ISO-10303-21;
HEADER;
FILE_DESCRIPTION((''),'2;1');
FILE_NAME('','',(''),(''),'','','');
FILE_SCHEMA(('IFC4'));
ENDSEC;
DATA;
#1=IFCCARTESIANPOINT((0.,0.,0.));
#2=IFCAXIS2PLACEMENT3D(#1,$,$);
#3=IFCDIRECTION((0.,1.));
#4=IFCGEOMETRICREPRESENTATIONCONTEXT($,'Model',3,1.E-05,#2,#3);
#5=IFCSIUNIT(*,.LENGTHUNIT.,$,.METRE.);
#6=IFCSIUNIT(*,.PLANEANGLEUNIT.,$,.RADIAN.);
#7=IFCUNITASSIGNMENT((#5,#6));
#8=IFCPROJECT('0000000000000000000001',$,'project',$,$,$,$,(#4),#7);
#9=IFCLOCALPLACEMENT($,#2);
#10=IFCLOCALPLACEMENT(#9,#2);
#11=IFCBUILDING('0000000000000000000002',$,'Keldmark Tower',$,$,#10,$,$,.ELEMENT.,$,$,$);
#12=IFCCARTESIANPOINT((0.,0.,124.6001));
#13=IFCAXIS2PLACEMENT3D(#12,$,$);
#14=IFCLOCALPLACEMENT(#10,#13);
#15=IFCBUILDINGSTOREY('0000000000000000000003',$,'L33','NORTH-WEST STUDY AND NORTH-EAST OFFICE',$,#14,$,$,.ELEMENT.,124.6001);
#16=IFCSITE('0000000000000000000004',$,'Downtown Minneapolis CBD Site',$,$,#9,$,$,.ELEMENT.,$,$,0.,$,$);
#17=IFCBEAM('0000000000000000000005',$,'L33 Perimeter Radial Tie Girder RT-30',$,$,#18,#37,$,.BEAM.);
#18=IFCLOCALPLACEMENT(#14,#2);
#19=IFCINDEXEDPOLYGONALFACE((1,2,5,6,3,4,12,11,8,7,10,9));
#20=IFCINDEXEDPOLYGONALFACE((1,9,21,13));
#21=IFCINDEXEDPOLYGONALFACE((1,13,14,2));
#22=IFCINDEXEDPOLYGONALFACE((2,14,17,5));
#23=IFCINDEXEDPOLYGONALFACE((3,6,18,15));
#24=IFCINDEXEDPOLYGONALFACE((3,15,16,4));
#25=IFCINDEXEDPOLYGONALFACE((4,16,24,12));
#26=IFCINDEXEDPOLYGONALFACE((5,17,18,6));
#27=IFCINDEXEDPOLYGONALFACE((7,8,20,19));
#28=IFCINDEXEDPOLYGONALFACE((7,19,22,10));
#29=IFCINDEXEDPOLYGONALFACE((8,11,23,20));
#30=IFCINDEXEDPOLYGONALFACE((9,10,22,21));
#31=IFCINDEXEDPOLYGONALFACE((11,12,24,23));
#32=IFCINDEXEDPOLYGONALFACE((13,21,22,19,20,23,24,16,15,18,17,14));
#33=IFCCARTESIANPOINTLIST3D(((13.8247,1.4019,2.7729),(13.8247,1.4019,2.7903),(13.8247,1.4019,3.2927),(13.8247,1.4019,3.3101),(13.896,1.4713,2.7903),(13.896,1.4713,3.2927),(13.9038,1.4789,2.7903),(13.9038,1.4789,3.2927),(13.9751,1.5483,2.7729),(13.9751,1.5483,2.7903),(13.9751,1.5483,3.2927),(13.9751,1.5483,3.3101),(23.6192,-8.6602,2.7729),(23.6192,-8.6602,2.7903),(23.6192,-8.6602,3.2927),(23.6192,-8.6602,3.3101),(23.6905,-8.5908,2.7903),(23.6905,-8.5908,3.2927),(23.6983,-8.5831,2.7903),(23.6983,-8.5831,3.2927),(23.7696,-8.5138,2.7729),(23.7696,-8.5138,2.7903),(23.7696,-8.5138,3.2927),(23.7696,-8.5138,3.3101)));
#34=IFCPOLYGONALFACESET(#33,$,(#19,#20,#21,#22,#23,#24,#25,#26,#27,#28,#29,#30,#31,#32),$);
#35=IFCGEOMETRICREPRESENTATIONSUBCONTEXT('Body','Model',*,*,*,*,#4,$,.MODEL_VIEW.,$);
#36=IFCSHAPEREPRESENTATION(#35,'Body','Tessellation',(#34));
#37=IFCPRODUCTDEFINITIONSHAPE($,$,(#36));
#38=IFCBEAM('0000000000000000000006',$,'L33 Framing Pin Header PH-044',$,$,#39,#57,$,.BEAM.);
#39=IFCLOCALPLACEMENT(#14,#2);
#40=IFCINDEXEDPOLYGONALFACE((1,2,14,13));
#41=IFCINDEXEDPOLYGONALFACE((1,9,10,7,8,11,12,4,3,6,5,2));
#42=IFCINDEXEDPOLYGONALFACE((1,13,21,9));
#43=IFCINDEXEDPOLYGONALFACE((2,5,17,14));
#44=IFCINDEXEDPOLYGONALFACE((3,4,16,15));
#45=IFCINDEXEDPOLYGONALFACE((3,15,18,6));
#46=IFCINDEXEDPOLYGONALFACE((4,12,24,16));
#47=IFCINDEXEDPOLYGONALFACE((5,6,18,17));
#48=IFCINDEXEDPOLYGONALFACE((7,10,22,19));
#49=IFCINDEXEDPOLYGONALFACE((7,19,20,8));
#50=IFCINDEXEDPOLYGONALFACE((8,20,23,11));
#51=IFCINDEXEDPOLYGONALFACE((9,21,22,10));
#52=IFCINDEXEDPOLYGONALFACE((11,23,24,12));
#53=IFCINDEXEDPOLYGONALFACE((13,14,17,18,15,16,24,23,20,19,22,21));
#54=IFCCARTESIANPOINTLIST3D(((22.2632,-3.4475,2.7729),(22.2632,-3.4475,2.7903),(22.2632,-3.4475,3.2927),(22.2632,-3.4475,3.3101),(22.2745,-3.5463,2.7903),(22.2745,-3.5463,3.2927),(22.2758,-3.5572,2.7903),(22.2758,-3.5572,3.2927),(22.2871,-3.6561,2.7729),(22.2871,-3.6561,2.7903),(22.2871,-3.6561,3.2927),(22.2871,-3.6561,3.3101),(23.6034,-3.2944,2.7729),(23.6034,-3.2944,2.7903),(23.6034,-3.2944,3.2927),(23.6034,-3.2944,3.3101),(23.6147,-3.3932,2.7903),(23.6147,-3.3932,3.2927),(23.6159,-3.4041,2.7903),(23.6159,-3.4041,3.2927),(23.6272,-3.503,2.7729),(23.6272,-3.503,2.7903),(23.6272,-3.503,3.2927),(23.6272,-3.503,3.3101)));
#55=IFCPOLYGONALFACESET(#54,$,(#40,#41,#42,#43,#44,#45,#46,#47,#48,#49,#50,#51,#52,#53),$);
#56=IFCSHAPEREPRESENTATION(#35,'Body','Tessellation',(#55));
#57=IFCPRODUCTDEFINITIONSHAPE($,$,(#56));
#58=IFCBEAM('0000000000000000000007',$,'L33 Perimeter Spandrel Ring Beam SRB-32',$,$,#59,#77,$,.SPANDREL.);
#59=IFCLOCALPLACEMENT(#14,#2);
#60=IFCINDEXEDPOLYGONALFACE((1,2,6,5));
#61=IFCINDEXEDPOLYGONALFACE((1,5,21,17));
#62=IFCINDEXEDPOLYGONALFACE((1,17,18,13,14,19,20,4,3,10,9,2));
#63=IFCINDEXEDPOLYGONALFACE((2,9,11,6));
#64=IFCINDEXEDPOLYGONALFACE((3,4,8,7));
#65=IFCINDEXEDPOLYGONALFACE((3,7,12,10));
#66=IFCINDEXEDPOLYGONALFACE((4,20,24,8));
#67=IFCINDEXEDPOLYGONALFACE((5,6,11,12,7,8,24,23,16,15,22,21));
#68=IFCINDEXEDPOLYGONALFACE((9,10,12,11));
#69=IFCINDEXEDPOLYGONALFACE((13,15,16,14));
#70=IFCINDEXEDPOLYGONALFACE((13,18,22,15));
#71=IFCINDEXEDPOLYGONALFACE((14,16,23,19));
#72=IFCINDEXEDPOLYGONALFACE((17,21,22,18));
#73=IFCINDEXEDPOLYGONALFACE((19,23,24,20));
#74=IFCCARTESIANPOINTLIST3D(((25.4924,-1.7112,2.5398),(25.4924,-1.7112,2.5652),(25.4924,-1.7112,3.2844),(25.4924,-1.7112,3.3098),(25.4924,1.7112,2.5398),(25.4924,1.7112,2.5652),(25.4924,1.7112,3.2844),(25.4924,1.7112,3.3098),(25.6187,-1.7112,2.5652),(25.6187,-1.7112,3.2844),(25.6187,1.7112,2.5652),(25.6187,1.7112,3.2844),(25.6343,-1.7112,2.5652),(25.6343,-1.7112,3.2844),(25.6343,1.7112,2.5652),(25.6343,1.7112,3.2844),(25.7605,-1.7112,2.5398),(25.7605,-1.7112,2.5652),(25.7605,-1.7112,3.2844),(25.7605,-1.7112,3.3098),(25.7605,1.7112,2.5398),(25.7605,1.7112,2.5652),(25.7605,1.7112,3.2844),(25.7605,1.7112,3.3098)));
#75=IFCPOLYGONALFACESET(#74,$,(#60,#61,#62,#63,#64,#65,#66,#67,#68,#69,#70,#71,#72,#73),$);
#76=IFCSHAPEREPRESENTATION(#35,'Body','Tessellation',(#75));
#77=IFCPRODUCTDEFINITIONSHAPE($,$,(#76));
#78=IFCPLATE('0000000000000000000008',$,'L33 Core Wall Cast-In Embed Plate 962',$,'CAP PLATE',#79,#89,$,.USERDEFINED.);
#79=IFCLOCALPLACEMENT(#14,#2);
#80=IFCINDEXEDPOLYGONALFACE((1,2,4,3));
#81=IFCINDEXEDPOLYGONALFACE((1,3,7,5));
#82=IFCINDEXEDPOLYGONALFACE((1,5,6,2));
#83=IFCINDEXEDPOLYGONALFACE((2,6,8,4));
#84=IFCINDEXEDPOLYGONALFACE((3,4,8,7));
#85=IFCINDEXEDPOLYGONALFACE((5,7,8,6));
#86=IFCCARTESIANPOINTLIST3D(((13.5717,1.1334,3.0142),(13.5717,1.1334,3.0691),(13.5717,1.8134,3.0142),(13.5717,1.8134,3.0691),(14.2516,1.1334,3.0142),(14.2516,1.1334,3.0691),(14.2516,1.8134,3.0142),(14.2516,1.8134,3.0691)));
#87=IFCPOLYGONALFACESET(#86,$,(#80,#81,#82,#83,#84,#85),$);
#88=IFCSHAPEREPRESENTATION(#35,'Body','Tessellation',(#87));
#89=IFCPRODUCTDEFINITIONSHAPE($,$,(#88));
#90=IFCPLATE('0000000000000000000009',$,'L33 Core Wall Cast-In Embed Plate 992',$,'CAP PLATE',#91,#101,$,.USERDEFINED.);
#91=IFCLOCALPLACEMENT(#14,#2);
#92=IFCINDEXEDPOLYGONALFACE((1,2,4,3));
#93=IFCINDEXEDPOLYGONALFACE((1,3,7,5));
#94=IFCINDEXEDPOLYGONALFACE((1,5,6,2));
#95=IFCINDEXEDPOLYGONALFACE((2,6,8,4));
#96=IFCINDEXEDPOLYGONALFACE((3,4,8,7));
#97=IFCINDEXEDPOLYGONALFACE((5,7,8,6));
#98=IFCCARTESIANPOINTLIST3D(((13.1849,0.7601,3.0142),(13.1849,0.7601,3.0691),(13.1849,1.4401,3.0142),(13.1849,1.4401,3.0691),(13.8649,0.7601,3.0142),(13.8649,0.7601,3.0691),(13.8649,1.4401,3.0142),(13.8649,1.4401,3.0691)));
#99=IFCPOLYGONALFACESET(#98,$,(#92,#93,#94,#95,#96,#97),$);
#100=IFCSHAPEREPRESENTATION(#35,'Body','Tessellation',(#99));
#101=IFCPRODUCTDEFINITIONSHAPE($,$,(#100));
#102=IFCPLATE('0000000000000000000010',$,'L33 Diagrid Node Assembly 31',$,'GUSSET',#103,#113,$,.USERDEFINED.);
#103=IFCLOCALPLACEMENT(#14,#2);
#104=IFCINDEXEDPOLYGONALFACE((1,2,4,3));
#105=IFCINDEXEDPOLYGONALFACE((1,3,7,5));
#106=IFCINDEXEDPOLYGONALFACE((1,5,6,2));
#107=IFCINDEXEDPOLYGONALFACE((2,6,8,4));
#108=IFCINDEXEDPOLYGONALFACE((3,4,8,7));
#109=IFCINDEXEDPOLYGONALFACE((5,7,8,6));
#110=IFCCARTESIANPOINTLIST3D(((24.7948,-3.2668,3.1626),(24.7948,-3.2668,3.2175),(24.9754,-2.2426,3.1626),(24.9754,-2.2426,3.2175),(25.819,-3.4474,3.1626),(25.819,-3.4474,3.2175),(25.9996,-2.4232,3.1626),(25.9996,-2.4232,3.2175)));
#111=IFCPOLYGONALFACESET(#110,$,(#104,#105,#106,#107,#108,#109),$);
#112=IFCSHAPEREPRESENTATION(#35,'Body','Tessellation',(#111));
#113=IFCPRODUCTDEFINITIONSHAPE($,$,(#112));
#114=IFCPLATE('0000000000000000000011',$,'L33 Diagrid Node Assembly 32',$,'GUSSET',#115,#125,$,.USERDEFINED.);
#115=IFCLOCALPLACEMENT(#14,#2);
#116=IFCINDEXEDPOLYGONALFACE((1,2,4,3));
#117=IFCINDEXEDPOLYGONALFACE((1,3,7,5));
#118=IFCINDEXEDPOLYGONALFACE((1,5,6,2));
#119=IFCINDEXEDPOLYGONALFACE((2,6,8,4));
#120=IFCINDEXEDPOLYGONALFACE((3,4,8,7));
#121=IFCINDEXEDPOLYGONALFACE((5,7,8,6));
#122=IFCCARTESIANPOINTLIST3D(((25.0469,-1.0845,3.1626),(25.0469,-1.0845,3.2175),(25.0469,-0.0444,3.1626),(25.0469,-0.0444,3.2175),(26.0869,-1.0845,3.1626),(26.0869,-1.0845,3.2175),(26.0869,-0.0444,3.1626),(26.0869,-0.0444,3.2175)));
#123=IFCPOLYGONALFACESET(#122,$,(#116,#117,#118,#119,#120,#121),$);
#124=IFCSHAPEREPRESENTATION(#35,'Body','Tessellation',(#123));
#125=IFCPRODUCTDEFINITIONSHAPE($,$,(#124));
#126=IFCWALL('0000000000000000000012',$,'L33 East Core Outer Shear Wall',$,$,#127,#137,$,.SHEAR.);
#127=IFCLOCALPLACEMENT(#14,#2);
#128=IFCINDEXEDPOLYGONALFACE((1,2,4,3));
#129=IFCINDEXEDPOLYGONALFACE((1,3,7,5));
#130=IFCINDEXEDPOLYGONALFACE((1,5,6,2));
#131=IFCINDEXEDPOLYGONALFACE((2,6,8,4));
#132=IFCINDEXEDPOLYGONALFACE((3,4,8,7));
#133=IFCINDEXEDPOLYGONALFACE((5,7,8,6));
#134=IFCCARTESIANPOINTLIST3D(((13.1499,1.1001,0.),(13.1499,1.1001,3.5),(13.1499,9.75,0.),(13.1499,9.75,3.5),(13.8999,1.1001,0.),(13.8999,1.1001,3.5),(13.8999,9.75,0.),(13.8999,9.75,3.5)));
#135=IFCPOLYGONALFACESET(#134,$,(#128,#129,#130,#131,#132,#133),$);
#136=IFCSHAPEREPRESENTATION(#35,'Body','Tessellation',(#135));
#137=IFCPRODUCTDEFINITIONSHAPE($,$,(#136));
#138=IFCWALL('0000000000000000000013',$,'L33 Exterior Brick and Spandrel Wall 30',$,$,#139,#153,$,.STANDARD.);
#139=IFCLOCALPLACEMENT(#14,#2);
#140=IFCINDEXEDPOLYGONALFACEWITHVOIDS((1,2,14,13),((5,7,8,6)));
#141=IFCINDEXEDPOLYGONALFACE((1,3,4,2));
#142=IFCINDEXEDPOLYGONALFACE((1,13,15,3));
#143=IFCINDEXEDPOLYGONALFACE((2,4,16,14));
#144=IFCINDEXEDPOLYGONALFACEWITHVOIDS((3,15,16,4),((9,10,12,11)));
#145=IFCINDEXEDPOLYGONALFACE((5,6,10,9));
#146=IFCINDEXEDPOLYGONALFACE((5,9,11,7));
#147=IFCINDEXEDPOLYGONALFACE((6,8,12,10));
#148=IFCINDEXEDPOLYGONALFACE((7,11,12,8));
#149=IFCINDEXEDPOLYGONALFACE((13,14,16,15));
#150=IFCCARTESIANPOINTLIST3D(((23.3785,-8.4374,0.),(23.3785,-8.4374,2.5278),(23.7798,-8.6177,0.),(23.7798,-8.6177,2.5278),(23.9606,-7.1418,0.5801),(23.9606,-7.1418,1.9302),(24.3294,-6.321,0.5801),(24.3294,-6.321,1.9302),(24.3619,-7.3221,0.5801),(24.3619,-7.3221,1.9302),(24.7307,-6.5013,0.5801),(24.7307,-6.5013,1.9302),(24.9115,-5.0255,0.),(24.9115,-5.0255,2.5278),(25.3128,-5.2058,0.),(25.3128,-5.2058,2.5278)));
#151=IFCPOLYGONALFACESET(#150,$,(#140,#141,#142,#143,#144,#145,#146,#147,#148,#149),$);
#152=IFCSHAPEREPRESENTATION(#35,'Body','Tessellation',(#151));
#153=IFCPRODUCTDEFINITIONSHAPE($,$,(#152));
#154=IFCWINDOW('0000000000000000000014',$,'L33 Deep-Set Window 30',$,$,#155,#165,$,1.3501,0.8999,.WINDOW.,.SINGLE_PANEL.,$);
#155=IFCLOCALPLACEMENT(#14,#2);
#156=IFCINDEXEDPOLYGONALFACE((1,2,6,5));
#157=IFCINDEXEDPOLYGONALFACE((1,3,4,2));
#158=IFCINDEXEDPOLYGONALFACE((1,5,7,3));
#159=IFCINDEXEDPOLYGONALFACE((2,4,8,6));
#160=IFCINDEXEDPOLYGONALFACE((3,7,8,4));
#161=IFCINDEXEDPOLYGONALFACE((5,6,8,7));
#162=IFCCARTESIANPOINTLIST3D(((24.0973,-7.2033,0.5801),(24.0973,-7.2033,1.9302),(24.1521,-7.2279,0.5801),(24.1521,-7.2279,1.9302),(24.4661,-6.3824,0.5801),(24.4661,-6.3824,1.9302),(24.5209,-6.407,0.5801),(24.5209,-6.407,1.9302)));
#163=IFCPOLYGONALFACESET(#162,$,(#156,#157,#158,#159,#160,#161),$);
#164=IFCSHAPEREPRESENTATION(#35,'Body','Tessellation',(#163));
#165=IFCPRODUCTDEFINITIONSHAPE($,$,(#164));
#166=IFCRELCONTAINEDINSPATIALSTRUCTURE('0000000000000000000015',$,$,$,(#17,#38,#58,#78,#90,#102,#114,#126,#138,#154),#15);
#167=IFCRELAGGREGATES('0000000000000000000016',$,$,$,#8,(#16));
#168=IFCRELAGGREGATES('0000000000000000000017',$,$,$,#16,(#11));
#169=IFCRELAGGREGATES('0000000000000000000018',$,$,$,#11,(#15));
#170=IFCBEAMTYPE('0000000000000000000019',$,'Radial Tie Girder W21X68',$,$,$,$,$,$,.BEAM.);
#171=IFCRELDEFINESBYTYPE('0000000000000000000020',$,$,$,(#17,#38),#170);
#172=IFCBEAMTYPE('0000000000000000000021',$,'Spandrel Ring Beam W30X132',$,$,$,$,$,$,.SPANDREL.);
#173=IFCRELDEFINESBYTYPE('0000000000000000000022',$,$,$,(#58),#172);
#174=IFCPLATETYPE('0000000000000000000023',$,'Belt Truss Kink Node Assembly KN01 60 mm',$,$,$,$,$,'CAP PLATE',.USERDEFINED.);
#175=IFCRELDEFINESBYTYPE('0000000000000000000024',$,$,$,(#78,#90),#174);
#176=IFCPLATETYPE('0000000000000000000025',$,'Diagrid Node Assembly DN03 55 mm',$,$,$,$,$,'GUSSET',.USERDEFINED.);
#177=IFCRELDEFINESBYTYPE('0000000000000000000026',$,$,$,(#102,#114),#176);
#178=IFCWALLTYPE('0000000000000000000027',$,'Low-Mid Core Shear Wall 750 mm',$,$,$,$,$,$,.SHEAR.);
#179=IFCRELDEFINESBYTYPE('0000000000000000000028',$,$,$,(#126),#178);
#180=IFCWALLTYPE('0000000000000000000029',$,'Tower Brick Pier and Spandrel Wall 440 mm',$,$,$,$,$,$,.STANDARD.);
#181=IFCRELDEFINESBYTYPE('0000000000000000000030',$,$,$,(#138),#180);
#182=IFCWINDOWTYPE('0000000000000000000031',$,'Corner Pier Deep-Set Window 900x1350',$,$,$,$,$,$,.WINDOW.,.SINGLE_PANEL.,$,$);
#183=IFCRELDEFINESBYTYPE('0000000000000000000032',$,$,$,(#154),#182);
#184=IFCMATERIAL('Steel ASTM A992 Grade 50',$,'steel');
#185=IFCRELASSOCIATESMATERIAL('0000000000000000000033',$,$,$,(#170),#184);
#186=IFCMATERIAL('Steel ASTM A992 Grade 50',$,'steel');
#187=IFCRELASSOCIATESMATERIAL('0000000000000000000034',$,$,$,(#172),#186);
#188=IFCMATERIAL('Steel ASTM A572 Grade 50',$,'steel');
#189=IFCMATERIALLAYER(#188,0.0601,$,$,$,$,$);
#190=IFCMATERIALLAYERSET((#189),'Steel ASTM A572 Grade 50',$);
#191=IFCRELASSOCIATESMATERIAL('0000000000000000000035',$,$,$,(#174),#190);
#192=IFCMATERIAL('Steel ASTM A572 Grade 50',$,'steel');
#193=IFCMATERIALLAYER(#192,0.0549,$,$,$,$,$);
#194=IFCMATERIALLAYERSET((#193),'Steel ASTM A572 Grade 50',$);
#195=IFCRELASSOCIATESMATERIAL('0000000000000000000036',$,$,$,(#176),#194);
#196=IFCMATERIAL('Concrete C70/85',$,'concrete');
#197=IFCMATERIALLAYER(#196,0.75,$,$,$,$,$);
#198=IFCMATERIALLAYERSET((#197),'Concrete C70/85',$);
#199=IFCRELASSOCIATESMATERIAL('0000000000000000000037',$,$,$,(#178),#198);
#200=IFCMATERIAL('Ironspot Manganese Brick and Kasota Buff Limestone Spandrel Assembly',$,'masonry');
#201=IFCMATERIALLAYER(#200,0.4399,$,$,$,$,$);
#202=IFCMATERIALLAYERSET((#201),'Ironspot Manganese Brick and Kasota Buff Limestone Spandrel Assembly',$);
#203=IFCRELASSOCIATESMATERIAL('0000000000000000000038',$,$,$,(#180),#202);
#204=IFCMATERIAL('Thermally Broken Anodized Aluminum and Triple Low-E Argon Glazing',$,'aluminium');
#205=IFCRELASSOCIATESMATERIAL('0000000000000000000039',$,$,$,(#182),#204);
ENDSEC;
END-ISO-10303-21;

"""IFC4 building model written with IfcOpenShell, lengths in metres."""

from ifc_helpers import new_model, si_unit, direction, frame, frame_2d, origin, origin_2d, place, context, subcontext, project, spatial, rectangle, i_section, extrude, material, layer, layer_set, material_profile, profile_set, type_object, element, fill, save


model = new_model("IFC4")

# Units and contexts
model_context = context("Model", 3, precision=1e-05, world=origin(), true_north=direction((0.0, 1.0)))
body_context = subcontext(model_context, "Body", "Model", "MODEL_VIEW")
ifc_project = project(units=[si_unit("LENGTHUNIT", "METRE"), si_unit("PLANEANGLEUNIT", "RADIAN")], contexts=[model_context])

# Site, building, storey
site_placement = place(None, origin())
site = spatial("IfcSite", under=ifc_project, at=site_placement, Name="Downtown Minneapolis CBD Site", CompositionType="ELEMENT", RefElevation=0.0)
building_placement = place(site_placement, origin())
building = spatial("IfcBuilding", under=site, at=building_placement, Name="Keldmark Tower", CompositionType="ELEMENT")
storey_placement = place(building_placement, frame((0.0, 0.0, 124.6001)))
storey = spatial("IfcBuildingStorey", under=building, at=storey_placement, Name="L33", Description="NORTH-WEST STUDY AND NORTH-EAST OFFICE", CompositionType="ELEMENT", Elevation=124.6001)

# Beams
ifc_material_1 = material(Name="Steel ASTM A992 Grade 50", Category="steel")
ifc_material_profile_1 = material_profile(ifc_material_1, i_section(OverallWidth=0.21, OverallDepth=0.5371, WebThickness=0.011, FlangeThickness=0.0173, at=origin_2d()), Name="W21X68")
ifc_profile_set_1 = profile_set([ifc_material_profile_1], Name="Steel ASTM A992 Grade 50")
beam_type_1 = type_object("IfcBeamType", Name="Radial Tie Girder W21X68", PredefinedType="BEAM", material=ifc_profile_set_1)
beam_1_placement = place(storey_placement, frame((13.8999, 1.4751, 3.0415), z_axis=(0.697515, -0.71657, 0.0), x_axis=(0.71657, 0.697515, 0.0)))
element("IfcBeam", 1, at=beam_1_placement, inside=storey, type_object=beam_type_1, Name="L33 Perimeter Radial Tie Girder RT-30", PredefinedType="BEAM", context=body_context, shape_type="SweptSolid", body=[
    extrude(i_section(OverallWidth=0.21, OverallDepth=0.5371, WebThickness=0.011, FlangeThickness=0.0173, at=origin_2d()), origin(), (0.0, 0.0, 1.0), 14.042),
])
beam_2_placement = place(storey_placement, frame((22.2751, -3.5518, 3.0415), z_axis=(0.993539, 0.11349, 0.0), x_axis=(-0.11349, 0.993539, 0.0)))
element("IfcBeam", 2, at=beam_2_placement, inside=storey, type_object=beam_type_1, Name="L33 Framing Pin Header PH-044", PredefinedType="BEAM", context=body_context, shape_type="SweptSolid", body=[
    extrude(i_section(OverallWidth=0.21, OverallDepth=0.5371, WebThickness=0.011, FlangeThickness=0.0173, at=origin_2d()), origin(), (0.0, 0.0, 1.0), 1.3489),
])
ifc_material_2 = material(Name="Steel ASTM A992 Grade 50", Category="steel")
ifc_material_profile_2 = material_profile(ifc_material_2, i_section(OverallWidth=0.2681, OverallDepth=0.77, WebThickness=0.0156, FlangeThickness=0.0254, at=origin_2d()), Name="W30X132")
ifc_profile_set_2 = profile_set([ifc_material_profile_2], Name="Steel ASTM A992 Grade 50")
beam_type_2 = type_object("IfcBeamType", Name="Spandrel Ring Beam W30X132", PredefinedType="SPANDREL", material=ifc_profile_set_2)
beam_3_placement = place(storey_placement, frame((25.6265, -1.7112, 2.9248), z_axis=(0.0, 1.0, 0.0), x_axis=(-1.0, 0.0, 0.0)))
element("IfcBeam", 3, at=beam_3_placement, inside=storey, type_object=beam_type_2, Name="L33 Perimeter Spandrel Ring Beam SRB-32", PredefinedType="SPANDREL", context=body_context, shape_type="SweptSolid", body=[
    extrude(i_section(OverallWidth=0.2681, OverallDepth=0.77, WebThickness=0.0156, FlangeThickness=0.0254, at=origin_2d()), origin(), (0.0, 0.0, 1.0), 3.4224),
])

# Plates
ifc_material_3 = material(Name="Steel ASTM A572 Grade 50", Category="steel")
ifc_layer_1 = layer(ifc_material_3, 0.0601)
ifc_layer_set_1 = layer_set([ifc_layer_1], Name="Steel ASTM A572 Grade 50")
plate_type_1 = type_object("IfcPlateType", Name="Belt Truss Kink Node Assembly KN01 60 mm", ElementType="CAP PLATE", PredefinedType="USERDEFINED", material=ifc_layer_set_1)
for number, where, z_axis, x_axis, name in (
    (4, (13.9116, 1.4734, 3.0142), (0.0, 0.0, 1.0), (1.0, 0.0, 0.0), "L33 Core Wall Cast-In Embed Plate 962"),
    (5, (13.5249, 1.1001, 3.0142), (0.0, 0.0, 1.0), (1.0, 0.0, 0.0), "L33 Core Wall Cast-In Embed Plate 992"),
):
    element("IfcPlate", number, at=place(storey_placement, frame(where, z_axis=z_axis, x_axis=x_axis)), inside=storey, type_object=plate_type_1, Name=name, ObjectType="CAP PLATE", PredefinedType="USERDEFINED", context=body_context, shape_type="SweptSolid", body=[
        extrude(rectangle(XDim=0.6799, YDim=0.6799, at=origin_2d()), origin(), (0.0, 0.0, 1.0), 0.0549),
    ])
ifc_material_4 = material(Name="Steel ASTM A572 Grade 50", Category="steel")
ifc_layer_2 = layer(ifc_material_4, 0.0549)
ifc_layer_set_2 = layer_set([ifc_layer_2], Name="Steel ASTM A572 Grade 50")
plate_type_2 = type_object("IfcPlateType", Name="Diagrid Node Assembly DN03 55 mm", ElementType="GUSSET", PredefinedType="USERDEFINED", material=ifc_layer_set_2)
for number, where, z_axis, x_axis, name in (
    (6, (25.3972, -2.845, 3.1626), (0.0, 0.0, 1.0), (0.173648, 0.984808, 0.0), "L33 Diagrid Node Assembly 31"),
    (7, (25.5669, -0.5645, 3.1626), (0.0, 0.0, 1.0), (0.0, 1.0, 0.0), "L33 Diagrid Node Assembly 32"),
):
    element("IfcPlate", number, at=place(storey_placement, frame(where, z_axis=z_axis, x_axis=x_axis)), inside=storey, type_object=plate_type_2, Name=name, ObjectType="GUSSET", PredefinedType="USERDEFINED", context=body_context, shape_type="SweptSolid", body=[
        extrude(rectangle(XDim=1.04, YDim=1.04, at=origin_2d()), origin(), (0.0, 0.0, 1.0), 0.0549),
    ])

# Wall
ifc_material_5 = material(Name="Concrete C70/85", Category="concrete")
ifc_layer_3 = layer(ifc_material_5, 0.75)
ifc_layer_set_3 = layer_set([ifc_layer_3], Name="Concrete C70/85")
wall_type_1 = type_object("IfcWallType", Name="Low-Mid Core Shear Wall 750 mm", PredefinedType="SHEAR", material=ifc_layer_set_3)
wall_1_placement = place(storey_placement, frame((13.5249, 1.1001, 0.0), z_axis=(0.0, 0.0, 1.0), x_axis=(0.0, 1.0, 0.0)))
element("IfcWall", 8, at=wall_1_placement, inside=storey, type_object=wall_type_1, Name="L33 East Core Outer Shear Wall", PredefinedType="SHEAR", context=body_context, shape_type="SweptSolid", body=[
    extrude(rectangle(XDim=8.6499, YDim=0.75, at=frame_2d((4.325, 0.0))), origin(), (0.0, 0.0, 1.0), 3.5),
])

# Wall, opening, window
ifc_material_6 = material(Name="Ironspot Manganese Brick and Kasota Buff Limestone Spandrel Assembly", Category="masonry")
ifc_layer_4 = layer(ifc_material_6, 0.4399)
ifc_layer_set_4 = layer_set([ifc_layer_4], Name="Ironspot Manganese Brick and Kasota Buff Limestone Spandrel Assembly")
wall_type_2 = type_object("IfcWallType", Name="Tower Brick Pier and Spandrel Wall 440 mm", PredefinedType="STANDARD", material=ifc_layer_set_4)
wall_2_placement = place(storey_placement, frame((25.1121, -5.1157, 0.0), z_axis=(0.0, 0.0, 1.0), x_axis=(-0.409835, -0.91216, 0.0)))
wall_2 = element("IfcWall", 9, at=wall_2_placement, inside=storey, type_object=wall_type_2, Name="L33 Exterior Brick and Spandrel Wall 30", PredefinedType="STANDARD", context=body_context, shape_type="SweptSolid", body=[
    extrude(rectangle(XDim=3.7405, YDim=0.4399, at=frame_2d((1.8701, 0.0))), origin(), (0.0, 0.0, 1.0), 2.5278),
])
opening_1_placement = place(wall_2_placement, frame((1.4202, 0.0, 0.5801)))
opening_1 = element("IfcOpeningElement", 10, at=opening_1_placement, cuts=wall_2, PredefinedType="OPENING", context=body_context, shape_type="SweptSolid", body=[
    extrude(rectangle(XDim=0.8999, YDim=1.3501, at=frame_2d((0.45, 0.675))), frame((0.0, 0.23, 0.0), z_axis=(0.0, -1.0, 0.0), x_axis=(1.0, 0.0, 0.0)), (0.0, 0.0, 1.0), 0.46),
])
ifc_material_7 = material(Name="Thermally Broken Anodized Aluminum and Triple Low-E Argon Glazing", Category="aluminium")
window_type_1 = type_object("IfcWindowType", Name="Corner Pier Deep-Set Window 900x1350", PartitioningType="SINGLE_PANEL", PredefinedType="WINDOW", material=ifc_material_7)
window_1_placement = place(opening_1_placement, origin())
window_1 = element("IfcWindow", 11, at=window_1_placement, inside=storey, type_object=window_type_1, Name="L33 Deep-Set Window 30", OverallHeight=1.3501, OverallWidth=0.8999, PartitioningType="SINGLE_PANEL", PredefinedType="WINDOW", context=body_context, shape_type="SweptSolid", body=[
    extrude(rectangle(XDim=0.8999, YDim=1.3501, at=frame_2d((0.45, 0.675))), frame((0.0, -0.01, 0.0), z_axis=(0.0, -1.0, 0.0), x_axis=(1.0, 0.0, 0.0)), (0.0, 0.0, 1.0), 0.0601),
])
fill(opening_1, window_1)

save(model, "model.ifc")
